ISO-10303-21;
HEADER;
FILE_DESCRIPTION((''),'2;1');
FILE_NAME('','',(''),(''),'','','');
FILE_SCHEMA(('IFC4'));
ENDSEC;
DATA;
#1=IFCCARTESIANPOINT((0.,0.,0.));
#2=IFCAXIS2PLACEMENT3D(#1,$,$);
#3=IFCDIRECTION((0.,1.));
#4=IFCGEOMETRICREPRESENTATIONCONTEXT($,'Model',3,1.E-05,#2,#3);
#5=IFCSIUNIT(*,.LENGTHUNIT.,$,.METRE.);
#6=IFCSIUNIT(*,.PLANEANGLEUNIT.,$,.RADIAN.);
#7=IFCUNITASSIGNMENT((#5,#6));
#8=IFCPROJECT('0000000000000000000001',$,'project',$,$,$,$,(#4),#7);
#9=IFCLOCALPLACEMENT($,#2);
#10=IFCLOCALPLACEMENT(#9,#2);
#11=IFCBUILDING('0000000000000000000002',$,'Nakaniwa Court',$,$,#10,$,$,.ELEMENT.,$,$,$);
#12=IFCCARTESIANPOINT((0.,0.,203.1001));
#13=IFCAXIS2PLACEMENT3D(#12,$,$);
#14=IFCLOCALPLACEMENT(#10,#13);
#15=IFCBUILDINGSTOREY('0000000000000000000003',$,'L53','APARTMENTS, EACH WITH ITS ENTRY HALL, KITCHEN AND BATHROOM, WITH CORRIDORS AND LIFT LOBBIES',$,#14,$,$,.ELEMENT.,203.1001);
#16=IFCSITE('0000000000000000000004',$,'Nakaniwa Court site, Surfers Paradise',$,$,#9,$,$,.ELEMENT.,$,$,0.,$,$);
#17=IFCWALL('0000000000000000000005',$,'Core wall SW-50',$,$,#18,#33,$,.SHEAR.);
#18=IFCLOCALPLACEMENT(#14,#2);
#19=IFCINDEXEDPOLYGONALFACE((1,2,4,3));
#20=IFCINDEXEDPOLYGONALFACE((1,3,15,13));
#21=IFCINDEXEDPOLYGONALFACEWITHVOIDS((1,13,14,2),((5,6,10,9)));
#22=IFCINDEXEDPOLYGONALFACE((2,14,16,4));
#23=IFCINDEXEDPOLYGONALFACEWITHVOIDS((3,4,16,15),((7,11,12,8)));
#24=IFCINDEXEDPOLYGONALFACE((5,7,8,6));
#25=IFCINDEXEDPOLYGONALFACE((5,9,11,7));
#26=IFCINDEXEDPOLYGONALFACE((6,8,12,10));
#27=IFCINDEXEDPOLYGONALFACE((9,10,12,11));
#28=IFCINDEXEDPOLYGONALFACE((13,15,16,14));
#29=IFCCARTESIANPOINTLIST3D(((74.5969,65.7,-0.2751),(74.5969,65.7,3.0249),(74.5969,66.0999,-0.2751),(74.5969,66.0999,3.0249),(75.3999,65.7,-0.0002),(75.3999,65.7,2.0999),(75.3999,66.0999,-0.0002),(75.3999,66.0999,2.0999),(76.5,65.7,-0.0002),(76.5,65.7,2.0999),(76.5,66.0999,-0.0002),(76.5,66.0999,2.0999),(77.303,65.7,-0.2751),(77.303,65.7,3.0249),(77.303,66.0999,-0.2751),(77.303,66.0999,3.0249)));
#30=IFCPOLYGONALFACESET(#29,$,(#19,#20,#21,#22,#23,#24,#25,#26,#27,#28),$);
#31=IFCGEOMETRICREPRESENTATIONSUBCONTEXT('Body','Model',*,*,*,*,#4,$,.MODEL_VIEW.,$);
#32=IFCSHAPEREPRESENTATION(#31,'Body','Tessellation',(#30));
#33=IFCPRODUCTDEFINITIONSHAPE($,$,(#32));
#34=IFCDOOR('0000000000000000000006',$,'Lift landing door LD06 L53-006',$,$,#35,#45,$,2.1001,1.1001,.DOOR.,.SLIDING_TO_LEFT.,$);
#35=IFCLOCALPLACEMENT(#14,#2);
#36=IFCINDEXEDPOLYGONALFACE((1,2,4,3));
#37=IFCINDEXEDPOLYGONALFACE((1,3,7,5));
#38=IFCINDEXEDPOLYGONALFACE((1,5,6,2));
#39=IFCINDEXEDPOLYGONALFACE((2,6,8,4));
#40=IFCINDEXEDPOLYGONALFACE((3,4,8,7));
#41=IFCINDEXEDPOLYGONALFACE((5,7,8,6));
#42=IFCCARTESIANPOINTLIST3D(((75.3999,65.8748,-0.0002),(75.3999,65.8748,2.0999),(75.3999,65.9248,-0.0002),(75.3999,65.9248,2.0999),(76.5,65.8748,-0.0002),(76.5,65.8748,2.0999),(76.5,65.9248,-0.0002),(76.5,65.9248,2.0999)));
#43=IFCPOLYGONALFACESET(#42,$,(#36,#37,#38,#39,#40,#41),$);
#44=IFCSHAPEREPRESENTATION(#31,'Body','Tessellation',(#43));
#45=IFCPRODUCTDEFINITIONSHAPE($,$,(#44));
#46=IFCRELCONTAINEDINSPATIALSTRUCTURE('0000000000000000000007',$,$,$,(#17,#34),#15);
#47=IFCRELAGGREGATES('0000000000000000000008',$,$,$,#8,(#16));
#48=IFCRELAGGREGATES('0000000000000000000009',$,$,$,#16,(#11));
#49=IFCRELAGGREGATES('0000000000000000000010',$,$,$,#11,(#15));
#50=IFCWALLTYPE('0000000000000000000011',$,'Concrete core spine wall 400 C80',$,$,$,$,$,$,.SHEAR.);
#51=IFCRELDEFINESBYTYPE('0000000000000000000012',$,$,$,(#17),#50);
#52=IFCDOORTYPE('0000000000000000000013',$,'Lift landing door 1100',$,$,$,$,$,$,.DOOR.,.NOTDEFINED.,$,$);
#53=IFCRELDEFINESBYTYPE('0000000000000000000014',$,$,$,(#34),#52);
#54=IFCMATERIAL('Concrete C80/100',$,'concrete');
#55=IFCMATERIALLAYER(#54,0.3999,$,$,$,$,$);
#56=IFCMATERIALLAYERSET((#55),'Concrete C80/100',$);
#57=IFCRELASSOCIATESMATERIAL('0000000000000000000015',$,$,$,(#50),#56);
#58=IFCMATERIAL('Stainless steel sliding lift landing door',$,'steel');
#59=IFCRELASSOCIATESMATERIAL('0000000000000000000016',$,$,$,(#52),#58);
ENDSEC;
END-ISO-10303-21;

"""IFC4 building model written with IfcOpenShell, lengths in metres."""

from ifc_helpers import new_model, si_unit, direction, frame, frame_2d, origin, place, context, subcontext, project, spatial, rectangle, extrude, material, layer, layer_set, type_object, element, fill, save


model = new_model("IFC4")

# Units and contexts
model_context = context("Model", 3, precision=1e-05, world=origin(), true_north=direction((0.0, 1.0)))
body_context = subcontext(model_context, "Body", "Model", "MODEL_VIEW")
ifc_project = project(units=[si_unit("LENGTHUNIT", "METRE"), si_unit("PLANEANGLEUNIT", "RADIAN")], contexts=[model_context])

# Site, building, storey
site_placement = place(None, origin())
site = spatial("IfcSite", under=ifc_project, at=site_placement, Name="Nakaniwa Court site, Surfers Paradise", CompositionType="ELEMENT", RefElevation=0.0)
building_placement = place(site_placement, origin())
building = spatial("IfcBuilding", under=site, at=building_placement, Name="Nakaniwa Court", CompositionType="ELEMENT")
storey_placement = place(building_placement, frame((0.0, 0.0, 203.1001)))
storey = spatial("IfcBuildingStorey", under=building, at=storey_placement, Name="L53", Description="APARTMENTS, EACH WITH ITS ENTRY HALL, KITCHEN AND BATHROOM, WITH CORRIDORS AND LIFT LOBBIES", CompositionType="ELEMENT", Elevation=203.1001)

# Shared definitions
ifc_material_1 = material(Name="Concrete C80/100", Category="concrete")

# Wall, opening, door
ifc_layer_1 = layer(ifc_material_1, 0.3999)
ifc_layer_set_1 = layer_set([ifc_layer_1], Name="Concrete C80/100")
wall_type_1 = type_object("IfcWallType", Name="Concrete core spine wall 400 C80", PredefinedType="SHEAR", material=ifc_layer_set_1)
wall_1_placement = place(storey_placement, frame((74.5969, 65.8999, -0.2751), z_axis=(0.0, 0.0, 1.0), x_axis=(1.0, 0.0, 0.0)))
wall_1 = element("IfcWall", 1, at=wall_1_placement, inside=storey, type_object=wall_type_1, Name="Core wall SW-50", PredefinedType="SHEAR", context=body_context, shape_type="SweptSolid", body=[
    extrude(rectangle(XDim=2.7061, YDim=0.3999, at=frame_2d((1.353, 0.0))), origin(), (0.0, 0.0, 1.0), 3.3),
])
opening_1_placement = place(wall_1_placement, frame((0.803, 0.0, 0.2749)))
opening_1 = element("IfcOpeningElement", 2, at=opening_1_placement, cuts=wall_1, PredefinedType="OPENING", context=body_context, shape_type="SweptSolid", body=[
    extrude(rectangle(XDim=1.1001, YDim=2.1001, at=frame_2d((0.55, 1.05))), frame((0.0, 0.21, 0.0), z_axis=(0.0, -1.0, 0.0), x_axis=(1.0, 0.0, 0.0)), (0.0, 0.0, 1.0), 0.4199),
])
ifc_material_2 = material(Name="Stainless steel sliding lift landing door", Category="steel")
door_type_1 = type_object("IfcDoorType", Name="Lift landing door 1100", OperationType="NOTDEFINED", PredefinedType="DOOR", material=ifc_material_2)
door_1_placement = place(opening_1_placement, origin())
door_1 = element("IfcDoor", 3, at=door_1_placement, inside=storey, type_object=door_type_1, Name="Lift landing door LD06 L53-006", OperationType="SLIDING_TO_LEFT", OverallHeight=2.1001, OverallWidth=1.1001, PredefinedType="DOOR", context=body_context, shape_type="SweptSolid", body=[
    extrude(rectangle(XDim=1.1001, YDim=2.1001, at=frame_2d((0.55, 1.05))), frame((0.0, 0.0249, 0.0), z_axis=(0.0, -1.0, 0.0), x_axis=(1.0, 0.0, 0.0)), (0.0, 0.0, 1.0), 0.05),
])
fill(opening_1, door_1)

save(model, "model.ifc")
